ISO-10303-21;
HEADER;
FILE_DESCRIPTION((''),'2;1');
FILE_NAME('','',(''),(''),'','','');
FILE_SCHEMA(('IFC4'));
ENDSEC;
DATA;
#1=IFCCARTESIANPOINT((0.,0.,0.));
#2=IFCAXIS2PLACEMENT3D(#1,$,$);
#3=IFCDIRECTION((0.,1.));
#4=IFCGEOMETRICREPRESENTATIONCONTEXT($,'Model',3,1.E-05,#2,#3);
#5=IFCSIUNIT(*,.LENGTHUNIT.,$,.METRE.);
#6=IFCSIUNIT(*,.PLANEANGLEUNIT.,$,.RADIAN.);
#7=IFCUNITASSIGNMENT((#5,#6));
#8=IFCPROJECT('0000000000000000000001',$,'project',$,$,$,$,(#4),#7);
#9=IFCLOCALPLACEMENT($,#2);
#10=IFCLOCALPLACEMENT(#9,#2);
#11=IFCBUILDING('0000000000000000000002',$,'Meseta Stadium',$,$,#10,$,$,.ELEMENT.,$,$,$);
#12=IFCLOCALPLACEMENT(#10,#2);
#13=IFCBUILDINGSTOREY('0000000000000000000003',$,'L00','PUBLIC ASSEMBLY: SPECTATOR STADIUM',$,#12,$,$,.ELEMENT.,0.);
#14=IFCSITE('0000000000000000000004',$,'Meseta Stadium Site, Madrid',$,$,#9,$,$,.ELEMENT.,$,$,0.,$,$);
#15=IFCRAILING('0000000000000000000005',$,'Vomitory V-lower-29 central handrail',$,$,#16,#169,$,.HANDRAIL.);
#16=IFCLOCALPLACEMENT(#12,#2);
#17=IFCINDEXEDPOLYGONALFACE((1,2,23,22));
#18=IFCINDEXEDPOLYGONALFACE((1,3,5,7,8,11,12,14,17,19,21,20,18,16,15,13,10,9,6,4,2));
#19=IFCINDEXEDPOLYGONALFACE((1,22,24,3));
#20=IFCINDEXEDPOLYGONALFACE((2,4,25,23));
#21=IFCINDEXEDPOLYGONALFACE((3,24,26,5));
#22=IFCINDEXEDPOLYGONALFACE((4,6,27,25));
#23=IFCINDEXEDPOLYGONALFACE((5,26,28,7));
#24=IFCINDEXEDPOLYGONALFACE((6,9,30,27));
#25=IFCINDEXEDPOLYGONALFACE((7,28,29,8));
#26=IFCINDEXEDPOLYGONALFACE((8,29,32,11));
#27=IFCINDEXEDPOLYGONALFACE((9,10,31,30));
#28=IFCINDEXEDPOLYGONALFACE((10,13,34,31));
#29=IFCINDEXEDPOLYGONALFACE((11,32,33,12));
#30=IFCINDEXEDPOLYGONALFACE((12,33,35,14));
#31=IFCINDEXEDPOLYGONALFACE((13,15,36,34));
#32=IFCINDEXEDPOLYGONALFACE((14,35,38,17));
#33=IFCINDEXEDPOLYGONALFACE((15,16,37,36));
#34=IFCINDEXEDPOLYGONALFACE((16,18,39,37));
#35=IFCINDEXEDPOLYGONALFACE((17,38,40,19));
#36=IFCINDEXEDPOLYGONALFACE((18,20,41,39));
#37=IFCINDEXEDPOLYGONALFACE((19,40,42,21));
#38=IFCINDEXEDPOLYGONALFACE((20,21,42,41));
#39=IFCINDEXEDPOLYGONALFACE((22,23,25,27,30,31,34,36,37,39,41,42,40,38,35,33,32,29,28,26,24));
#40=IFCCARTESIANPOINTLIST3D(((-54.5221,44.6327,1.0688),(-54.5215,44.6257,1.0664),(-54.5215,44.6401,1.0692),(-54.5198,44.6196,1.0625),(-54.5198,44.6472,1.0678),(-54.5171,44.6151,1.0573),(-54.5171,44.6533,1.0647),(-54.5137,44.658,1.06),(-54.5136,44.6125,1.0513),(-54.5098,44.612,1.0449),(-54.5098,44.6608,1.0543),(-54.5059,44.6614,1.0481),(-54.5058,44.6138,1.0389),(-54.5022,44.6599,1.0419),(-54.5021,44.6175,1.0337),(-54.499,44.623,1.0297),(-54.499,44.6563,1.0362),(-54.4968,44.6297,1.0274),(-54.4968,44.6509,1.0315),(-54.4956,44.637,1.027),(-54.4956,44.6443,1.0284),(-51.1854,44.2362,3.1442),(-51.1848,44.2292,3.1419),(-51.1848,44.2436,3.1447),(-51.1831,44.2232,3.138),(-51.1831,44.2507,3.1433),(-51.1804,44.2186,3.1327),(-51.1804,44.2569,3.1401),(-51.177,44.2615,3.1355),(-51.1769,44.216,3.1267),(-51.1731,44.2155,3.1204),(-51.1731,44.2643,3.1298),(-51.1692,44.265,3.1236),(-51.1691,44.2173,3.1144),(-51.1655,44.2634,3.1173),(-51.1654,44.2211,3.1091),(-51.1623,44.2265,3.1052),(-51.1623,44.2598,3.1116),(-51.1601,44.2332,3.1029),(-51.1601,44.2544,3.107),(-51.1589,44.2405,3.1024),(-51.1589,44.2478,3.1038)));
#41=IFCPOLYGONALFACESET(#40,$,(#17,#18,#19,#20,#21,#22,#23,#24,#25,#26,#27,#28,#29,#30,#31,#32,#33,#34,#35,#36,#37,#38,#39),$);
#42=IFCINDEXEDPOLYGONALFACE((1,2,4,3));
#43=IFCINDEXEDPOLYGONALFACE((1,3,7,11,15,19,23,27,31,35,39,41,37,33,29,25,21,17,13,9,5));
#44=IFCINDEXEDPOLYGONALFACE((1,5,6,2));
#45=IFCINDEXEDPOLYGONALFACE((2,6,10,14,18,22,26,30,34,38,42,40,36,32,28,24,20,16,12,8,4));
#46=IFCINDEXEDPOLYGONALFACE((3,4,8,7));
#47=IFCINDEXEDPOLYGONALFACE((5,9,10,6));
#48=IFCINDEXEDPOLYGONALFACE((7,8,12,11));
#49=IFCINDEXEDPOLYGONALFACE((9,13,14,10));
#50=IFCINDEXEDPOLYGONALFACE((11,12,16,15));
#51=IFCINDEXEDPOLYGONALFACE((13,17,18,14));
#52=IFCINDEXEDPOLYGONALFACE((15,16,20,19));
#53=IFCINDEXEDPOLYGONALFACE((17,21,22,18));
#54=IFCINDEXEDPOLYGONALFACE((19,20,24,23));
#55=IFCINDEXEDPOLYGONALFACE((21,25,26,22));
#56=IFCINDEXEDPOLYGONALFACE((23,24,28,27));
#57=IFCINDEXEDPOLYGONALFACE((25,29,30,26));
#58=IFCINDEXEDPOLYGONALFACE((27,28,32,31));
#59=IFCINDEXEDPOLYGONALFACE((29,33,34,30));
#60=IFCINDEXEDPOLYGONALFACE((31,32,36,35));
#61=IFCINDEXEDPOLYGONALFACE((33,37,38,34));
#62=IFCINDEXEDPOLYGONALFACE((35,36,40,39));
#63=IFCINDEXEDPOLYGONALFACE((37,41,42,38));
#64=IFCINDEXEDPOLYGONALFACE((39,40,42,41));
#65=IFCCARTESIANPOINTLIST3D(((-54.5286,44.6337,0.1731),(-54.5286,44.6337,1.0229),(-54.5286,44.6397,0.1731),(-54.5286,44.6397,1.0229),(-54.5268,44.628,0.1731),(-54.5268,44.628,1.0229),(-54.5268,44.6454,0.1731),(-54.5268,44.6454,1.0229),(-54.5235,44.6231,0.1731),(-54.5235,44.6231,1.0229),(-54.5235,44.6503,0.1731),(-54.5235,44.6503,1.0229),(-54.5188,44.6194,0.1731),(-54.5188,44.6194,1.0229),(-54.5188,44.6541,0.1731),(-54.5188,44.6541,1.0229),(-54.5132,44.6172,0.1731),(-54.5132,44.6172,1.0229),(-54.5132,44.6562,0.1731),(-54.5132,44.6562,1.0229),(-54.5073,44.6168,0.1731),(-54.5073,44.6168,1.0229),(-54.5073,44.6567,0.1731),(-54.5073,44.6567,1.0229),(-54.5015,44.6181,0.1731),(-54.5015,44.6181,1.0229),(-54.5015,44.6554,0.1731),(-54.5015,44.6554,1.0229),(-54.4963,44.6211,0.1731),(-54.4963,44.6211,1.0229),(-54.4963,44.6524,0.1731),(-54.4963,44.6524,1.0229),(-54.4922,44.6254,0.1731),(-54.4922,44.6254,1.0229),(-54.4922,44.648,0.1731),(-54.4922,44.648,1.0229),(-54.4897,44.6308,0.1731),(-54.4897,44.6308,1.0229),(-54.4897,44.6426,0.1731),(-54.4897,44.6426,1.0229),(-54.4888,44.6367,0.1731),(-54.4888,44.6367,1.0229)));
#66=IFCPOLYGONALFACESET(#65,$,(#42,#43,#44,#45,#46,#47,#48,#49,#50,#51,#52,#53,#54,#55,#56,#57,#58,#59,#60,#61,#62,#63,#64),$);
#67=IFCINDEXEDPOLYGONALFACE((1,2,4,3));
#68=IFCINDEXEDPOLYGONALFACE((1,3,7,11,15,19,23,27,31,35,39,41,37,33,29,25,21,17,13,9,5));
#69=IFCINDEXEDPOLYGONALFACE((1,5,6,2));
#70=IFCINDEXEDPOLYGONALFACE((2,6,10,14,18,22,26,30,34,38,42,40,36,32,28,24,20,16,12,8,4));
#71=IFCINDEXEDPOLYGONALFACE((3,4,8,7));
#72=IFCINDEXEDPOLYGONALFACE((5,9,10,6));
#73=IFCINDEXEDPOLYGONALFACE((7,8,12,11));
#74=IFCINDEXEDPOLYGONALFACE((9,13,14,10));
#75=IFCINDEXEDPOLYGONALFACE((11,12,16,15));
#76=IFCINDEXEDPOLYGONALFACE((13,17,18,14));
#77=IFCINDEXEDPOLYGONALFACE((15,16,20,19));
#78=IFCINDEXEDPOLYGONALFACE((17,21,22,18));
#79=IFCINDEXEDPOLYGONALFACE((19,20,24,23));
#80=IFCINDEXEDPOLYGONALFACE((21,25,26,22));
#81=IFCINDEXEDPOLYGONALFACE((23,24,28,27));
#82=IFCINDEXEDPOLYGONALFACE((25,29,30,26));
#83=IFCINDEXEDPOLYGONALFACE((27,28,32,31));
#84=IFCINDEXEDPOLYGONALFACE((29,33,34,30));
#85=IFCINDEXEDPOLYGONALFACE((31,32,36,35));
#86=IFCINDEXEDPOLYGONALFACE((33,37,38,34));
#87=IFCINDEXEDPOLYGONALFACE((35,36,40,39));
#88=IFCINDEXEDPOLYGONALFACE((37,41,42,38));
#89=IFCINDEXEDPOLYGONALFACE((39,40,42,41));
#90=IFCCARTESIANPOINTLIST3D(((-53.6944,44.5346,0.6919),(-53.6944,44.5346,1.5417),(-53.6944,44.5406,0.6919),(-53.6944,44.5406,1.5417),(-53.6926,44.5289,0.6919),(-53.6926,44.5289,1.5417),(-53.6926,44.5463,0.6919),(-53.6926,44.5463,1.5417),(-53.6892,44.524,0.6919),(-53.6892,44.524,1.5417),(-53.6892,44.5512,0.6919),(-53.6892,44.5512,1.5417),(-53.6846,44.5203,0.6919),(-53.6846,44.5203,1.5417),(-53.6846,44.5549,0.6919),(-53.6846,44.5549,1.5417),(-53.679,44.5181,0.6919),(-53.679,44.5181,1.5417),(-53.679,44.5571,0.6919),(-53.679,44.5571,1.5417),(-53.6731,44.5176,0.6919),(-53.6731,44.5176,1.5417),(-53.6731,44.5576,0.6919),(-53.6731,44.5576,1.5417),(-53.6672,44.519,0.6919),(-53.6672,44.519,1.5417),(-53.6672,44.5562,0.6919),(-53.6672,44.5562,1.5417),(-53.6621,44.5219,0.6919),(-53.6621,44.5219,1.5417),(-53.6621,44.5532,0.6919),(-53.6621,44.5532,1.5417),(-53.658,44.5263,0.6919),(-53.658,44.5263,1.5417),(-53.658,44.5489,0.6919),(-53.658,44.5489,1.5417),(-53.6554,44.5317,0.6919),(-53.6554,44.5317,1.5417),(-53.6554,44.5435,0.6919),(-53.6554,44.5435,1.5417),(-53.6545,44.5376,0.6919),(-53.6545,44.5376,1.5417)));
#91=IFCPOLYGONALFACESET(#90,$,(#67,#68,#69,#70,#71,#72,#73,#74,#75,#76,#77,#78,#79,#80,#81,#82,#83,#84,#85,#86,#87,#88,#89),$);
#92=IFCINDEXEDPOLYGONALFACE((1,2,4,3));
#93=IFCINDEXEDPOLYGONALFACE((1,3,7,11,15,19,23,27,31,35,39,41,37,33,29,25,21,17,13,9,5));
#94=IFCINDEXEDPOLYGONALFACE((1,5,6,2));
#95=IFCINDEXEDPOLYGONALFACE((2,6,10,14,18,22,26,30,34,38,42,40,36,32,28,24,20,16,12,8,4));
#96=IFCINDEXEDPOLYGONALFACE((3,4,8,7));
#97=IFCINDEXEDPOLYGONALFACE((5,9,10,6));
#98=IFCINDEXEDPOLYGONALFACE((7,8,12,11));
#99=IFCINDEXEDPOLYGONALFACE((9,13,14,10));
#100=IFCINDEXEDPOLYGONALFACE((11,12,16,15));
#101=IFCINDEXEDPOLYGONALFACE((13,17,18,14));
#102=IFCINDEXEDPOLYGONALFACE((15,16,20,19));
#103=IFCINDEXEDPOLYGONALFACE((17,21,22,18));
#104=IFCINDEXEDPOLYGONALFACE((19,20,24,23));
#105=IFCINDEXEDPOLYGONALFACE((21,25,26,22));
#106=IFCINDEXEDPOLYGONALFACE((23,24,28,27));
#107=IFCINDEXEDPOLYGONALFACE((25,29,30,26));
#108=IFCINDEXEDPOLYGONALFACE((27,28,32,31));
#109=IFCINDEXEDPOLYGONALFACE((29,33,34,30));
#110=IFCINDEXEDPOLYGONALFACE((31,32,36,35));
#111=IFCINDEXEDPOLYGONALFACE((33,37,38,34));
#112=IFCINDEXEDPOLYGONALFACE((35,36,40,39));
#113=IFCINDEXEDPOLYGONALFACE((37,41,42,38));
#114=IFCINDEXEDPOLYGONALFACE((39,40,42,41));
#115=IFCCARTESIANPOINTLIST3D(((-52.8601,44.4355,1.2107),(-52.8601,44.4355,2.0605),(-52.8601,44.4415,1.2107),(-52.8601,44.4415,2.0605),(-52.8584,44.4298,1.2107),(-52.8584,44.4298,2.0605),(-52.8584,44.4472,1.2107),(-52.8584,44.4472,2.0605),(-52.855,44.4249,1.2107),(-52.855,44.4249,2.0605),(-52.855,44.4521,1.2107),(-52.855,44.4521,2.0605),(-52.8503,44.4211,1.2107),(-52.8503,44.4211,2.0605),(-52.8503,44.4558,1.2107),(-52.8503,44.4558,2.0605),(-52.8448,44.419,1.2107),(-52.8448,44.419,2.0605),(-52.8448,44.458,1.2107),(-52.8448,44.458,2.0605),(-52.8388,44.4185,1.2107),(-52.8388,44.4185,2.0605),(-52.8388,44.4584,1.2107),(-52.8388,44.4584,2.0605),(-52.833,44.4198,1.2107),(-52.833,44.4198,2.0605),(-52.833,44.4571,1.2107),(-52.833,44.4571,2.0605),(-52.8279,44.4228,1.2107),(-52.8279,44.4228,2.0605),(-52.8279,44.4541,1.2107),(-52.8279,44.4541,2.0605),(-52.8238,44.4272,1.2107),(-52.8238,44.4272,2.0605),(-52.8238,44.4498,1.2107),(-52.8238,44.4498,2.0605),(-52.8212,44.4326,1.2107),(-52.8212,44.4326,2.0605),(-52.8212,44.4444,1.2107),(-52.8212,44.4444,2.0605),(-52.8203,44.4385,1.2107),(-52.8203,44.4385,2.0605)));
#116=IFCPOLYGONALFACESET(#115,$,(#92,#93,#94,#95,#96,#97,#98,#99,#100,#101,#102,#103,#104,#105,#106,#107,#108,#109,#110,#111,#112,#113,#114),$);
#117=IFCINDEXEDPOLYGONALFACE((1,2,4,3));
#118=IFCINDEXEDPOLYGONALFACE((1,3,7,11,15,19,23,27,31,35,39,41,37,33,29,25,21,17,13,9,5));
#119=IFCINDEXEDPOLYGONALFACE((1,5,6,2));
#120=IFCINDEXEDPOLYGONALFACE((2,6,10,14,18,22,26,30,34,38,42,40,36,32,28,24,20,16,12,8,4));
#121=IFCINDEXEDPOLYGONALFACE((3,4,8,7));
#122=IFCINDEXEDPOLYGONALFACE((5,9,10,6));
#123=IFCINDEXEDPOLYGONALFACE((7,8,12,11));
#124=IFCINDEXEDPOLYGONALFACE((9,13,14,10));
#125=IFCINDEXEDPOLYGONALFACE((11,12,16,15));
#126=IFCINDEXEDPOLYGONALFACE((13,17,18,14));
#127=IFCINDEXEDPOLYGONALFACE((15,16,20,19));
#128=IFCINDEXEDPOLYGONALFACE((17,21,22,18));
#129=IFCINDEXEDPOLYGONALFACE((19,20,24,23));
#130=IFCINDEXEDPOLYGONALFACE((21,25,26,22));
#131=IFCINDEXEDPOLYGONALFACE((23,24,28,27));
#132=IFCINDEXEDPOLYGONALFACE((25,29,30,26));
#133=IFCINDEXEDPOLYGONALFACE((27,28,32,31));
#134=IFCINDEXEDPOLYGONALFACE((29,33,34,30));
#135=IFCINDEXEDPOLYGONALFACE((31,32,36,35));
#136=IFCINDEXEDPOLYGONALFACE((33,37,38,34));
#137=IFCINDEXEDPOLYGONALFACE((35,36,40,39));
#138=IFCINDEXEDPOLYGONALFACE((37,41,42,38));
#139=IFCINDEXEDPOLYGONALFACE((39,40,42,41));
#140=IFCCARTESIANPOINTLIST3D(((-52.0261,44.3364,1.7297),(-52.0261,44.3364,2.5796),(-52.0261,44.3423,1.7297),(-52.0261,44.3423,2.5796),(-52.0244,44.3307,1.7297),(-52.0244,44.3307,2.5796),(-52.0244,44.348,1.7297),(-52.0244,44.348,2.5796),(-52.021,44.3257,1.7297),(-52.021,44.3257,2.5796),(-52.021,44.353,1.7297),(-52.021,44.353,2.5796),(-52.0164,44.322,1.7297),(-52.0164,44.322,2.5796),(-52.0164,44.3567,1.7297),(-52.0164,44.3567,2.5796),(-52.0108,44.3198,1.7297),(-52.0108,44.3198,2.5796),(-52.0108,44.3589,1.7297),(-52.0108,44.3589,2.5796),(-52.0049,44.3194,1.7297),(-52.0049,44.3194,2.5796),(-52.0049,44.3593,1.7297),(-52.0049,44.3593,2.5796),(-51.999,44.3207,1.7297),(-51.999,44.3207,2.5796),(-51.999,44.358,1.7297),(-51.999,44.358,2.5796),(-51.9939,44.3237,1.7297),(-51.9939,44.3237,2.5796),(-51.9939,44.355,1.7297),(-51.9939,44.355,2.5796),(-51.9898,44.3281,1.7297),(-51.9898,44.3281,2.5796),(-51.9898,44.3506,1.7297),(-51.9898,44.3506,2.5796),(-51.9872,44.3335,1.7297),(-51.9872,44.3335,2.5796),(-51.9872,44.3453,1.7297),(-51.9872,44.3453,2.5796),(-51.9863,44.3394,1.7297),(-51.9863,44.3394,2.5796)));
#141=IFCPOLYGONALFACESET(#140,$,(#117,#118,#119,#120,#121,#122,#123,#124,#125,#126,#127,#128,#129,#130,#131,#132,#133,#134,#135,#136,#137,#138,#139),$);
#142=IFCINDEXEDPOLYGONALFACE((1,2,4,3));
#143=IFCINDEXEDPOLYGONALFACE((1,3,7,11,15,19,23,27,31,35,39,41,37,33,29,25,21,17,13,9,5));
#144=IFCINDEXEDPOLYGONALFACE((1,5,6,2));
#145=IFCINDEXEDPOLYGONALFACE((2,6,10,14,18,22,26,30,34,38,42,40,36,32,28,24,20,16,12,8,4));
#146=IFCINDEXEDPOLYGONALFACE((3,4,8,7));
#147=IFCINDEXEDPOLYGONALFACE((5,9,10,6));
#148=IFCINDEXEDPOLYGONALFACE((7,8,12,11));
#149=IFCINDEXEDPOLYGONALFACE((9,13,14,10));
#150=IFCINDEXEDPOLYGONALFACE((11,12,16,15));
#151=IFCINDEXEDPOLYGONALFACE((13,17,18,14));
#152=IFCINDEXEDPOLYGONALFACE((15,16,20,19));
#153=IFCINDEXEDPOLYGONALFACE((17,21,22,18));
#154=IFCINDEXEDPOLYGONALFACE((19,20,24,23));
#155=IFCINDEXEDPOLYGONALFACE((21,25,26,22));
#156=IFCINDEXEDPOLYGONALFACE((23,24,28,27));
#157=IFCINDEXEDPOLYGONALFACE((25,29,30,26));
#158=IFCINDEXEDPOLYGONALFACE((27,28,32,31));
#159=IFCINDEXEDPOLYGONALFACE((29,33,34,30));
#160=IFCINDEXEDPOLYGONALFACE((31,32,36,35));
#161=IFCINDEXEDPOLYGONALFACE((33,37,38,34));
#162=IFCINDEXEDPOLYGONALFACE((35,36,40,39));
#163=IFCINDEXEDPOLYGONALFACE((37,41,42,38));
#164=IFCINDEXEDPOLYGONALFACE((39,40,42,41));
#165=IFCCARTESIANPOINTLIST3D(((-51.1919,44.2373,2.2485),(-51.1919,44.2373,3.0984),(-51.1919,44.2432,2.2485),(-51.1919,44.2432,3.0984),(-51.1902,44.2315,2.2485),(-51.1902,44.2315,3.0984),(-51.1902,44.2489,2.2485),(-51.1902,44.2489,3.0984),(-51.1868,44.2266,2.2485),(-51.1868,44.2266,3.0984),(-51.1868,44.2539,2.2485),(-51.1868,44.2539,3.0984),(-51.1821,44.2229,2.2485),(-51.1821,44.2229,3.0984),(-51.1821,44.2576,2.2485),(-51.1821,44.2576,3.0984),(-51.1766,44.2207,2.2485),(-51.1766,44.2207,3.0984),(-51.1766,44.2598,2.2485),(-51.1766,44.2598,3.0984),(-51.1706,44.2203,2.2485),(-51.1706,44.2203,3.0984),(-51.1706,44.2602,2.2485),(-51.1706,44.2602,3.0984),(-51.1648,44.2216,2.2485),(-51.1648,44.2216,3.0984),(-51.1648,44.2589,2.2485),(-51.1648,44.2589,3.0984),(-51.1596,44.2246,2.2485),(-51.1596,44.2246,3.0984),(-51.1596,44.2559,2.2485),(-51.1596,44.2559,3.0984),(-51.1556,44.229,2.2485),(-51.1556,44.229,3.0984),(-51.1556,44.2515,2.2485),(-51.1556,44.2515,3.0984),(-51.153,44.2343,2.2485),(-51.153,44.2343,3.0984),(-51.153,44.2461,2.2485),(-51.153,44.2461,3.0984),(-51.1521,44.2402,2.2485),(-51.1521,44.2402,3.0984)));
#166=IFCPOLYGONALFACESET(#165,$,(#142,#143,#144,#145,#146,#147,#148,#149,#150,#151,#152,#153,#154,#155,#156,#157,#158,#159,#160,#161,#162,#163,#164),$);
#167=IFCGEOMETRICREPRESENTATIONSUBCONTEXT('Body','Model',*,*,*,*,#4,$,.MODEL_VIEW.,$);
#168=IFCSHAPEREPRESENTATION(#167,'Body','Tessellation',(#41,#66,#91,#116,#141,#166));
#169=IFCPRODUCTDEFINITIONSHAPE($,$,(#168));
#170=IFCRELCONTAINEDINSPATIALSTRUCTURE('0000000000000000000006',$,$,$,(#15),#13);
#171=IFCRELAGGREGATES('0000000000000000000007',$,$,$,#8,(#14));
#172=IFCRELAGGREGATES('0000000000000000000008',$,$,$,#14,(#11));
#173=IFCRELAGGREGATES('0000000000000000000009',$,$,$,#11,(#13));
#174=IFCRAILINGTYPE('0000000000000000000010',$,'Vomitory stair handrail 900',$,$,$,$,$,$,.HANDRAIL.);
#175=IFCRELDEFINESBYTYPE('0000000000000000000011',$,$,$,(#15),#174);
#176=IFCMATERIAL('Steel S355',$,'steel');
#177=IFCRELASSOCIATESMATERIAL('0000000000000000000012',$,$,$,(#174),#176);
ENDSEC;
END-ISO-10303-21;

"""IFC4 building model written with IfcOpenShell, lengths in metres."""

from ifc_helpers import new_model, si_unit, direction, frame, origin, origin_2d, place, context, subcontext, project, spatial, circle, extrude, material, type_object, element, save


model = new_model("IFC4")

# Units and contexts
model_context = context("Model", 3, precision=1e-05, world=origin(), true_north=direction((0.0, 1.0)))
body_context = subcontext(model_context, "Body", "Model", "MODEL_VIEW")
ifc_project = project(units=[si_unit("LENGTHUNIT", "METRE"), si_unit("PLANEANGLEUNIT", "RADIAN")], contexts=[model_context])

# Site, building, storey
site_placement = place(None, origin())
site = spatial("IfcSite", under=ifc_project, at=site_placement, Name="Meseta Stadium Site, Madrid", CompositionType="ELEMENT", RefElevation=0.0)
building_placement = place(site_placement, origin())
building = spatial("IfcBuilding", under=site, at=building_placement, Name="Meseta Stadium", CompositionType="ELEMENT")
storey_placement = place(building_placement, origin())
storey = spatial("IfcBuildingStorey", under=building, at=storey_placement, Name="L00", Description="PUBLIC ASSEMBLY: SPECTATOR STADIUM", CompositionType="ELEMENT", Elevation=0.0)

# Railing
ifc_material_1 = material(Name="Steel S355", Category="steel")
railing_type_1 = type_object("IfcRailingType", Name="Vomitory stair handrail 900", PredefinedType="HANDRAIL", material=ifc_material_1)
railing_1_placement = place(storey_placement, frame((-54.5088, 44.6367, 0.1731)))
element("IfcRailing", 1, at=railing_1_placement, inside=storey, type_object=railing_type_1, Name="Vomitory V-lower-29 central handrail", PredefinedType="HANDRAIL", context=body_context, shape_type="SweptSolid", body=[
    extrude(circle(Radius=0.0249, at=origin_2d()), frame((0.0, 0.0, 0.875), z_axis=(0.844848, -0.10039, 0.525503), x_axis=(0.117996, 0.993014, 0.0)), (0.0, 0.0, 1.0), 3.9495),
    extrude(circle(Radius=0.02, at=origin_2d()), origin(), (0.0, 0.0, 1.0), 0.8499),
    extrude(circle(Radius=0.02, at=origin_2d()), frame((0.8342, -0.0991, 0.5188)), (0.0, 0.0, 1.0), 0.8499),
    extrude(circle(Radius=0.02, at=origin_2d()), frame((1.6685, -0.1982, 1.0376)), (0.0, 0.0, 1.0), 0.8499),
    extrude(circle(Radius=0.02, at=origin_2d()), frame((2.5024, -0.2974, 1.5566)), (0.0, 0.0, 1.0), 0.8499),
    extrude(circle(Radius=0.02, at=origin_2d()), frame((3.3367, -0.3965, 2.0754)), (0.0, 0.0, 1.0), 0.8499),
])

save(model, "model.ifc")
